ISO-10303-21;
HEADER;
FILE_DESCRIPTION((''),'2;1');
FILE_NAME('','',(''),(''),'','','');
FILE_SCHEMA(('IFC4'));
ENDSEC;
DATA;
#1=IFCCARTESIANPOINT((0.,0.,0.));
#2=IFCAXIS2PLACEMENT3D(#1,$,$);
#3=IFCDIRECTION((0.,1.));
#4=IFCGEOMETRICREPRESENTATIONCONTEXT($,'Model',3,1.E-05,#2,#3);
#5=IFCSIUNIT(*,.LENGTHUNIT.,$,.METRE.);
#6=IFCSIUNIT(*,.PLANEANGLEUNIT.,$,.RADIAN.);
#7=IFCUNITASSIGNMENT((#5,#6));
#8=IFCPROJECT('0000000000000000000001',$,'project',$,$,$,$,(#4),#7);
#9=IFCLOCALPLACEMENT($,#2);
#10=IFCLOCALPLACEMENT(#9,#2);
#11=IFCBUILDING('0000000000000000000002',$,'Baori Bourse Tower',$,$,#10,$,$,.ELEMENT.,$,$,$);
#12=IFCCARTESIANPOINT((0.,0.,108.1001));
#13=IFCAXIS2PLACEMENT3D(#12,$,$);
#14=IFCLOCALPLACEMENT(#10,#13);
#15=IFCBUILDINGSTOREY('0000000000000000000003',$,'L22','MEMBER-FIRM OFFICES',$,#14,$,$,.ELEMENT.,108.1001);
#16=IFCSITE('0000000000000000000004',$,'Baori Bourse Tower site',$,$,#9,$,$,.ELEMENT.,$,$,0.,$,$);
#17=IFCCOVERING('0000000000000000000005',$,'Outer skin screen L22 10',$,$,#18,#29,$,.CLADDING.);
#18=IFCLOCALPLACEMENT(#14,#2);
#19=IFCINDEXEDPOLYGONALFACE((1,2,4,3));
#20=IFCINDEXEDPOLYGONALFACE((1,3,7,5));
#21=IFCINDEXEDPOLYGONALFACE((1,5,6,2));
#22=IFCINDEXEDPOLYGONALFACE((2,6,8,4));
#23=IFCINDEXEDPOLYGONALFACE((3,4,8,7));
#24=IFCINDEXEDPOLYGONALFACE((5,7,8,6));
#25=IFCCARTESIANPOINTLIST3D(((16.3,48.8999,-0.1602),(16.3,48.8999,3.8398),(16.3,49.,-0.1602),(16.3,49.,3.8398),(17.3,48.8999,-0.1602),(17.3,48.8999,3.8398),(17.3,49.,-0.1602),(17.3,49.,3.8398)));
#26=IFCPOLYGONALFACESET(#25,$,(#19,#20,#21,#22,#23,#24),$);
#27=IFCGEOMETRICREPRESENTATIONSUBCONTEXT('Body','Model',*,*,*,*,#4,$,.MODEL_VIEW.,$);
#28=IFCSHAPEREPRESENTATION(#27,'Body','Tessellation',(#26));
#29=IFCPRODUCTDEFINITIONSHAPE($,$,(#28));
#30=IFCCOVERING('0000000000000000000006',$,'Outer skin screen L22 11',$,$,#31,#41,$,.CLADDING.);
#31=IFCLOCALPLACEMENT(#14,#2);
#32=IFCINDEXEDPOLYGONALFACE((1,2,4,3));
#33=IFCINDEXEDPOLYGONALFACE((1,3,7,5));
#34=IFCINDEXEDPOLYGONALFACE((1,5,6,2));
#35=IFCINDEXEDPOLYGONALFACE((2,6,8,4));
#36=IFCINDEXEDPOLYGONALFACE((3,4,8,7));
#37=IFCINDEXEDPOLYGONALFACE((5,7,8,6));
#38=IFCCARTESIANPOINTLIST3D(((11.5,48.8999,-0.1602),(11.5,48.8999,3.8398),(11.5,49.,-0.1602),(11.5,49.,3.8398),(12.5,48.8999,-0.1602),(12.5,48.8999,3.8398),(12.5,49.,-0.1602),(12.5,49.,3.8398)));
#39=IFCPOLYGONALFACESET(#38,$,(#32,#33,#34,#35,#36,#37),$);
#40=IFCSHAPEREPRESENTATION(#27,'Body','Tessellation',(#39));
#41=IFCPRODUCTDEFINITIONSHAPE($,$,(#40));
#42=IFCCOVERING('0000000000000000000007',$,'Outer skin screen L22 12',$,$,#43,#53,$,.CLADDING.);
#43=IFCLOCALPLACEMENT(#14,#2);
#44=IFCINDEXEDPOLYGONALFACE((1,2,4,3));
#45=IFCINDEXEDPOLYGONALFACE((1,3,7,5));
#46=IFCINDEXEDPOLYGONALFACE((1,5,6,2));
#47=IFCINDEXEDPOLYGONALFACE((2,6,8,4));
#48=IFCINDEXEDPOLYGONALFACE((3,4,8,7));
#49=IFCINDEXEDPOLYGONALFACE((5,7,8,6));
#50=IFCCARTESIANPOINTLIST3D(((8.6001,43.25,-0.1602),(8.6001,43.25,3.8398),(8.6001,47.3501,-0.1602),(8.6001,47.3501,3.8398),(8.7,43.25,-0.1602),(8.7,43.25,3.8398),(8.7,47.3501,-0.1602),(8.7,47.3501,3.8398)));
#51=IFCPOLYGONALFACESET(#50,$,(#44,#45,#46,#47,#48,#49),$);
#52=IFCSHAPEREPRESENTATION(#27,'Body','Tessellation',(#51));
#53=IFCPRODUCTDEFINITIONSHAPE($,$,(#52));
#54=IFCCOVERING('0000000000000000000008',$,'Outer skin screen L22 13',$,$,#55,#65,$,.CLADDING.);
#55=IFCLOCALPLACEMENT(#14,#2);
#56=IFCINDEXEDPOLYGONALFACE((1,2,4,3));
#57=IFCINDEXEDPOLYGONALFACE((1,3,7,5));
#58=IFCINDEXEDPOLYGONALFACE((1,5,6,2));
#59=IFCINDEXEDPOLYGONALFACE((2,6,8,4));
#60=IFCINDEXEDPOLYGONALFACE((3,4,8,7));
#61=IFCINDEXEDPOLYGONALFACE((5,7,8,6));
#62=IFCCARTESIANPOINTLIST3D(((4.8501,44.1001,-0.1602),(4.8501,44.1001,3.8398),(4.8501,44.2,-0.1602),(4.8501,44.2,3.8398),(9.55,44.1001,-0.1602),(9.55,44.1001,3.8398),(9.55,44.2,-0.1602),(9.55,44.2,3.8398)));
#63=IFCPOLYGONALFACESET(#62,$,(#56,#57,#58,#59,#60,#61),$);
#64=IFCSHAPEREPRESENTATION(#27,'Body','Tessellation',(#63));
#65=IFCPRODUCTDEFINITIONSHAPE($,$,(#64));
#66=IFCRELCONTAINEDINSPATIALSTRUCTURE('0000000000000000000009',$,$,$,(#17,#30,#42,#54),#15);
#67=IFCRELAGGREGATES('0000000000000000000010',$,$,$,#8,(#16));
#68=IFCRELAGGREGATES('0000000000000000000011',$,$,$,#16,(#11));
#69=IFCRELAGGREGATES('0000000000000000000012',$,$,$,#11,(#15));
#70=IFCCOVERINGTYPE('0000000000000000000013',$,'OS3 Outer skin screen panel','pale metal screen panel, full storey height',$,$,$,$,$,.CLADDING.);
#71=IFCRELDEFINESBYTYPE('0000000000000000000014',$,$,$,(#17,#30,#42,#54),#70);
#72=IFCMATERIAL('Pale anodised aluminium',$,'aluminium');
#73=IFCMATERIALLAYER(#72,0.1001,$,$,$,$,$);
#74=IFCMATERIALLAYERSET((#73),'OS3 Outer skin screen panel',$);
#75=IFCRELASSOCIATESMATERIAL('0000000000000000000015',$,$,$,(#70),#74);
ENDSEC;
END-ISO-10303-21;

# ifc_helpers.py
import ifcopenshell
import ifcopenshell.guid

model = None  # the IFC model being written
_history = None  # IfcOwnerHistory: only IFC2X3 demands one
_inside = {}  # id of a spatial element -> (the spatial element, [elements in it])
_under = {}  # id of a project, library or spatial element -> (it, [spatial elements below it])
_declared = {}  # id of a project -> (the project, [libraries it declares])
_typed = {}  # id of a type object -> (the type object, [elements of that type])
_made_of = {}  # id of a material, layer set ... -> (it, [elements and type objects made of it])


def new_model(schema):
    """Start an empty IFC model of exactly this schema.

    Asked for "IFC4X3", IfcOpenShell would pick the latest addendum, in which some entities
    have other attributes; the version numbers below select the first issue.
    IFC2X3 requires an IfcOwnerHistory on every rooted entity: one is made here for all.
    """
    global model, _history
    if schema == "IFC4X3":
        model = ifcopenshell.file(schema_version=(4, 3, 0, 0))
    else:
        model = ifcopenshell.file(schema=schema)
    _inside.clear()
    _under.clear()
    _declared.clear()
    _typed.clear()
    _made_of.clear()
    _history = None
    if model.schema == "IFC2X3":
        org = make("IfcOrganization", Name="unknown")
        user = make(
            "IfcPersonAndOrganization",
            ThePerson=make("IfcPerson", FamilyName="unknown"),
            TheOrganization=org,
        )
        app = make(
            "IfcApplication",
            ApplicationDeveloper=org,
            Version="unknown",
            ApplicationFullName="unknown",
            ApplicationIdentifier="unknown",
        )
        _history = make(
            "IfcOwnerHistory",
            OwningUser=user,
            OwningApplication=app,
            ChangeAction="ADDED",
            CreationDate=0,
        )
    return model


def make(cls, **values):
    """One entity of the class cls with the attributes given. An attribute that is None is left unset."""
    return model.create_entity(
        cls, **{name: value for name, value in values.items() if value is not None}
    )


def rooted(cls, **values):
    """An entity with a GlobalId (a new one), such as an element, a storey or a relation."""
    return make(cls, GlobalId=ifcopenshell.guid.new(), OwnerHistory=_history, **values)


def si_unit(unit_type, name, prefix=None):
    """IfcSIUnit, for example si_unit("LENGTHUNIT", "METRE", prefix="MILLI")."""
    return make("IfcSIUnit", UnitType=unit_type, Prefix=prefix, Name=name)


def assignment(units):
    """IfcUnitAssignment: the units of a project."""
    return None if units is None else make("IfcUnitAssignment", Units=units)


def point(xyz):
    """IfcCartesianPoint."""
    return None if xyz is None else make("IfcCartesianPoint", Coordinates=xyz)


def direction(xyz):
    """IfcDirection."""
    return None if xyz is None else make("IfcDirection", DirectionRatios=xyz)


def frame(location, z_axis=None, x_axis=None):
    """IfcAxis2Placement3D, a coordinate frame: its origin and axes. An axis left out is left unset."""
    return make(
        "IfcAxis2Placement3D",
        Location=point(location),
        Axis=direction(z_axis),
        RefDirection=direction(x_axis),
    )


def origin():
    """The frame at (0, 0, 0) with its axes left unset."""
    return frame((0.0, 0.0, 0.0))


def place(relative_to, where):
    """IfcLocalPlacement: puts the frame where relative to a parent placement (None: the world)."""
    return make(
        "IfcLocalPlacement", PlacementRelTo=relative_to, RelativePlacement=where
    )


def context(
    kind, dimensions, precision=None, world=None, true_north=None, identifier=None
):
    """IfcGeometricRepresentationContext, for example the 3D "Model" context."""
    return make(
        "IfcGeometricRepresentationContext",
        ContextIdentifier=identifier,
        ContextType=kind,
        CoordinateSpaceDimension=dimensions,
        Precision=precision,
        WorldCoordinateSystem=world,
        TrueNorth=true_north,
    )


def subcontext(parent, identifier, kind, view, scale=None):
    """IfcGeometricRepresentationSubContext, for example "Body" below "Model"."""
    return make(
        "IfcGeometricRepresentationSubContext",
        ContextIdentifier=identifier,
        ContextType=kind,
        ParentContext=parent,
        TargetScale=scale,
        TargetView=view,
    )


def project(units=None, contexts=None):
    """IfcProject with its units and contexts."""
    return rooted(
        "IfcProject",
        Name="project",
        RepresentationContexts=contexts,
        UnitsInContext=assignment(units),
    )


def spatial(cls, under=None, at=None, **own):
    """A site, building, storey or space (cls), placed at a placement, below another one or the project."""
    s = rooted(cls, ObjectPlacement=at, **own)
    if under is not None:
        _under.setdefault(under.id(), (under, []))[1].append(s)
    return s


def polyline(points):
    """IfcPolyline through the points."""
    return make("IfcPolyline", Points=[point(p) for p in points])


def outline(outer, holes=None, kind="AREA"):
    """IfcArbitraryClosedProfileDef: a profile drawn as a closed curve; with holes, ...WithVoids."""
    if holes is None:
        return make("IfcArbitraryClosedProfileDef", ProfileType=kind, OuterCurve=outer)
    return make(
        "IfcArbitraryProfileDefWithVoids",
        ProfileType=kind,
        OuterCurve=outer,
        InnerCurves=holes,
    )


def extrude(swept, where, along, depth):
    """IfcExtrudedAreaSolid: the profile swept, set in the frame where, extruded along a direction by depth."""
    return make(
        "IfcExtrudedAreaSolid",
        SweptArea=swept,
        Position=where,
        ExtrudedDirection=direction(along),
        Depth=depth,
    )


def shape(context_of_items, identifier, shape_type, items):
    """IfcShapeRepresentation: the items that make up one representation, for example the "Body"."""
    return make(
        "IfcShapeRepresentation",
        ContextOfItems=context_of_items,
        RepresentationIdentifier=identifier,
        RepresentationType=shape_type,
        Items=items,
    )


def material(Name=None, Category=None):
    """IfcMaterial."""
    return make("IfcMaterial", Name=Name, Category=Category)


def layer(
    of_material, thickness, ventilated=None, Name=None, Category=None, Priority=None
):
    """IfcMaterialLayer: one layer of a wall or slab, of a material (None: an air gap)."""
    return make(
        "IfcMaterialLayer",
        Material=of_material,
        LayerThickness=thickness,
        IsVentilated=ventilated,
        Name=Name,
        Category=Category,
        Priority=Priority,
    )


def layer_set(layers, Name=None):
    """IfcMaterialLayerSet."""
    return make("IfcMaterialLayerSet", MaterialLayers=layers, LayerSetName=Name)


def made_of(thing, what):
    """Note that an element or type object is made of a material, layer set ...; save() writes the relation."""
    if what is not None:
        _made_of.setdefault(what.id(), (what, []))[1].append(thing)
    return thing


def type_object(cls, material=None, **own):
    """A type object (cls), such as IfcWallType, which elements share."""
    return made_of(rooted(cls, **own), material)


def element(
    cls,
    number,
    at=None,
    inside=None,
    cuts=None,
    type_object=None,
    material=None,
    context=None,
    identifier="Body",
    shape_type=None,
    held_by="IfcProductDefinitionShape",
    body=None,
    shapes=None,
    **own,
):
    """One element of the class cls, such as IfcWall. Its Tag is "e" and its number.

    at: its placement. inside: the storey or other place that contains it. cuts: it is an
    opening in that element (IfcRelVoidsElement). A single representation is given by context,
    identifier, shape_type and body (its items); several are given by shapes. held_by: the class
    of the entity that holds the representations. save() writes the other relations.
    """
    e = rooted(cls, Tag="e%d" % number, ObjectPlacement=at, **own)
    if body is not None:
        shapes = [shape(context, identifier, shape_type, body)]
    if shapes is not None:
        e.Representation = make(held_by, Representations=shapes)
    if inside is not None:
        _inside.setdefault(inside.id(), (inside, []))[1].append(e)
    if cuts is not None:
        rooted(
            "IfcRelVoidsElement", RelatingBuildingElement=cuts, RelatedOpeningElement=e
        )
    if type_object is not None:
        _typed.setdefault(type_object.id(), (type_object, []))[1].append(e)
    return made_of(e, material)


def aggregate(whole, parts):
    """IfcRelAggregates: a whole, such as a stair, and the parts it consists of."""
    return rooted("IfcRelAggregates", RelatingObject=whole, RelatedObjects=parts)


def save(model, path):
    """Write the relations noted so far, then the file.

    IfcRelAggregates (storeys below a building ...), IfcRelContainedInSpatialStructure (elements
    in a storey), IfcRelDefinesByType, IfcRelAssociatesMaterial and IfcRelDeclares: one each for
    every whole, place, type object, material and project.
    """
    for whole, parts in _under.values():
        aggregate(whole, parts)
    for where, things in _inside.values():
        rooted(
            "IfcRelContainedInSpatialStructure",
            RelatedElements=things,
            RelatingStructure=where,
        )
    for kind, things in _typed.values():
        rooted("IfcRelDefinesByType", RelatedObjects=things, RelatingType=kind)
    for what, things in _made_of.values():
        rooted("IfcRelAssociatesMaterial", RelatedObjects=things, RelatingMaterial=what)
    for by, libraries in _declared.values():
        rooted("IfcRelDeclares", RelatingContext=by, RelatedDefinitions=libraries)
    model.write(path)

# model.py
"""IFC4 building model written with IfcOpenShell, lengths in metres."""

from ifc_helpers import new_model, si_unit, direction, frame, origin, place, context, subcontext, project, spatial, polyline, outline, extrude, material, layer, layer_set, type_object, element, save


model = new_model("IFC4")

# Units and contexts
model_context = context("Model", 3, precision=1e-05, world=origin(), true_north=direction((0.0, 1.0)))
body_context = subcontext(model_context, "Body", "Model", "MODEL_VIEW")
ifc_project = project(units=[si_unit("LENGTHUNIT", "METRE"), si_unit("PLANEANGLEUNIT", "RADIAN")], contexts=[model_context])

# Site, building, storey
site_placement = place(None, origin())
site = spatial("IfcSite", under=ifc_project, at=site_placement, Name="Baori Bourse Tower site", CompositionType="ELEMENT", RefElevation=0.0)
building_placement = place(site_placement, origin())
building = spatial("IfcBuilding", under=site, at=building_placement, Name="Baori Bourse Tower", CompositionType="ELEMENT")
storey_placement = place(building_placement, frame((0.0, 0.0, 108.1001)))
storey = spatial("IfcBuildingStorey", under=building, at=storey_placement, Name="L22", Description="MEMBER-FIRM OFFICES", CompositionType="ELEMENT", Elevation=108.1001)

# Coverings
ifc_material_1 = material(Name="Pale anodised aluminium", Category="aluminium")
ifc_layer_1 = layer(ifc_material_1, 0.1001)
ifc_layer_set_1 = layer_set([ifc_layer_1], Name="OS3 Outer skin screen panel")
covering_type = type_object("IfcCoveringType", Name="OS3 Outer skin screen panel", Description="pale metal screen panel, full storey height", PredefinedType="CLADDING", material=ifc_layer_set_1)
covering_1_placement = place(storey_placement, frame((0.0, 0.0, -0.1602)))
element("IfcCovering", 1, at=covering_1_placement, inside=storey, type_object=covering_type, Name="Outer skin screen L22 10", PredefinedType="CLADDING", context=body_context, shape_type="SweptSolid", body=[
    extrude(outline(polyline([(16.3, 48.8999), (17.3, 48.8999), (17.3, 49.0), (16.3, 49.0), (16.3, 48.8999)])), origin(), (0.0, 0.0, 1.0), 4.0),
])
covering_2_placement = place(storey_placement, frame((0.0, 0.0, -0.1602)))
element("IfcCovering", 2, at=covering_2_placement, inside=storey, type_object=covering_type, Name="Outer skin screen L22 11", PredefinedType="CLADDING", context=body_context, shape_type="SweptSolid", body=[
    extrude(outline(polyline([(11.5, 48.8999), (12.5, 48.8999), (12.5, 49.0), (11.5, 49.0), (11.5, 48.8999)])), origin(), (0.0, 0.0, 1.0), 4.0),
])
covering_3_placement = place(storey_placement, frame((0.0, 0.0, -0.1602)))
element("IfcCovering", 3, at=covering_3_placement, inside=storey, type_object=covering_type, Name="Outer skin screen L22 12", PredefinedType="CLADDING", context=body_context, shape_type="SweptSolid", body=[
    extrude(outline(polyline([(8.7, 43.25), (8.7, 47.3501), (8.6001, 47.3501), (8.6001, 43.25), (8.7, 43.25)])), origin(), (0.0, 0.0, 1.0), 4.0),
])
covering_4_placement = place(storey_placement, frame((0.0, 0.0, -0.1602)))
element("IfcCovering", 4, at=covering_4_placement, inside=storey, type_object=covering_type, Name="Outer skin screen L22 13", PredefinedType="CLADDING", context=body_context, shape_type="SweptSolid", body=[
    extrude(outline(polyline([(4.8501, 44.1001), (9.55, 44.1001), (9.55, 44.2), (4.8501, 44.2), (4.8501, 44.1001)])), origin(), (0.0, 0.0, 1.0), 4.0),
])

save(model, "model.ifc")
